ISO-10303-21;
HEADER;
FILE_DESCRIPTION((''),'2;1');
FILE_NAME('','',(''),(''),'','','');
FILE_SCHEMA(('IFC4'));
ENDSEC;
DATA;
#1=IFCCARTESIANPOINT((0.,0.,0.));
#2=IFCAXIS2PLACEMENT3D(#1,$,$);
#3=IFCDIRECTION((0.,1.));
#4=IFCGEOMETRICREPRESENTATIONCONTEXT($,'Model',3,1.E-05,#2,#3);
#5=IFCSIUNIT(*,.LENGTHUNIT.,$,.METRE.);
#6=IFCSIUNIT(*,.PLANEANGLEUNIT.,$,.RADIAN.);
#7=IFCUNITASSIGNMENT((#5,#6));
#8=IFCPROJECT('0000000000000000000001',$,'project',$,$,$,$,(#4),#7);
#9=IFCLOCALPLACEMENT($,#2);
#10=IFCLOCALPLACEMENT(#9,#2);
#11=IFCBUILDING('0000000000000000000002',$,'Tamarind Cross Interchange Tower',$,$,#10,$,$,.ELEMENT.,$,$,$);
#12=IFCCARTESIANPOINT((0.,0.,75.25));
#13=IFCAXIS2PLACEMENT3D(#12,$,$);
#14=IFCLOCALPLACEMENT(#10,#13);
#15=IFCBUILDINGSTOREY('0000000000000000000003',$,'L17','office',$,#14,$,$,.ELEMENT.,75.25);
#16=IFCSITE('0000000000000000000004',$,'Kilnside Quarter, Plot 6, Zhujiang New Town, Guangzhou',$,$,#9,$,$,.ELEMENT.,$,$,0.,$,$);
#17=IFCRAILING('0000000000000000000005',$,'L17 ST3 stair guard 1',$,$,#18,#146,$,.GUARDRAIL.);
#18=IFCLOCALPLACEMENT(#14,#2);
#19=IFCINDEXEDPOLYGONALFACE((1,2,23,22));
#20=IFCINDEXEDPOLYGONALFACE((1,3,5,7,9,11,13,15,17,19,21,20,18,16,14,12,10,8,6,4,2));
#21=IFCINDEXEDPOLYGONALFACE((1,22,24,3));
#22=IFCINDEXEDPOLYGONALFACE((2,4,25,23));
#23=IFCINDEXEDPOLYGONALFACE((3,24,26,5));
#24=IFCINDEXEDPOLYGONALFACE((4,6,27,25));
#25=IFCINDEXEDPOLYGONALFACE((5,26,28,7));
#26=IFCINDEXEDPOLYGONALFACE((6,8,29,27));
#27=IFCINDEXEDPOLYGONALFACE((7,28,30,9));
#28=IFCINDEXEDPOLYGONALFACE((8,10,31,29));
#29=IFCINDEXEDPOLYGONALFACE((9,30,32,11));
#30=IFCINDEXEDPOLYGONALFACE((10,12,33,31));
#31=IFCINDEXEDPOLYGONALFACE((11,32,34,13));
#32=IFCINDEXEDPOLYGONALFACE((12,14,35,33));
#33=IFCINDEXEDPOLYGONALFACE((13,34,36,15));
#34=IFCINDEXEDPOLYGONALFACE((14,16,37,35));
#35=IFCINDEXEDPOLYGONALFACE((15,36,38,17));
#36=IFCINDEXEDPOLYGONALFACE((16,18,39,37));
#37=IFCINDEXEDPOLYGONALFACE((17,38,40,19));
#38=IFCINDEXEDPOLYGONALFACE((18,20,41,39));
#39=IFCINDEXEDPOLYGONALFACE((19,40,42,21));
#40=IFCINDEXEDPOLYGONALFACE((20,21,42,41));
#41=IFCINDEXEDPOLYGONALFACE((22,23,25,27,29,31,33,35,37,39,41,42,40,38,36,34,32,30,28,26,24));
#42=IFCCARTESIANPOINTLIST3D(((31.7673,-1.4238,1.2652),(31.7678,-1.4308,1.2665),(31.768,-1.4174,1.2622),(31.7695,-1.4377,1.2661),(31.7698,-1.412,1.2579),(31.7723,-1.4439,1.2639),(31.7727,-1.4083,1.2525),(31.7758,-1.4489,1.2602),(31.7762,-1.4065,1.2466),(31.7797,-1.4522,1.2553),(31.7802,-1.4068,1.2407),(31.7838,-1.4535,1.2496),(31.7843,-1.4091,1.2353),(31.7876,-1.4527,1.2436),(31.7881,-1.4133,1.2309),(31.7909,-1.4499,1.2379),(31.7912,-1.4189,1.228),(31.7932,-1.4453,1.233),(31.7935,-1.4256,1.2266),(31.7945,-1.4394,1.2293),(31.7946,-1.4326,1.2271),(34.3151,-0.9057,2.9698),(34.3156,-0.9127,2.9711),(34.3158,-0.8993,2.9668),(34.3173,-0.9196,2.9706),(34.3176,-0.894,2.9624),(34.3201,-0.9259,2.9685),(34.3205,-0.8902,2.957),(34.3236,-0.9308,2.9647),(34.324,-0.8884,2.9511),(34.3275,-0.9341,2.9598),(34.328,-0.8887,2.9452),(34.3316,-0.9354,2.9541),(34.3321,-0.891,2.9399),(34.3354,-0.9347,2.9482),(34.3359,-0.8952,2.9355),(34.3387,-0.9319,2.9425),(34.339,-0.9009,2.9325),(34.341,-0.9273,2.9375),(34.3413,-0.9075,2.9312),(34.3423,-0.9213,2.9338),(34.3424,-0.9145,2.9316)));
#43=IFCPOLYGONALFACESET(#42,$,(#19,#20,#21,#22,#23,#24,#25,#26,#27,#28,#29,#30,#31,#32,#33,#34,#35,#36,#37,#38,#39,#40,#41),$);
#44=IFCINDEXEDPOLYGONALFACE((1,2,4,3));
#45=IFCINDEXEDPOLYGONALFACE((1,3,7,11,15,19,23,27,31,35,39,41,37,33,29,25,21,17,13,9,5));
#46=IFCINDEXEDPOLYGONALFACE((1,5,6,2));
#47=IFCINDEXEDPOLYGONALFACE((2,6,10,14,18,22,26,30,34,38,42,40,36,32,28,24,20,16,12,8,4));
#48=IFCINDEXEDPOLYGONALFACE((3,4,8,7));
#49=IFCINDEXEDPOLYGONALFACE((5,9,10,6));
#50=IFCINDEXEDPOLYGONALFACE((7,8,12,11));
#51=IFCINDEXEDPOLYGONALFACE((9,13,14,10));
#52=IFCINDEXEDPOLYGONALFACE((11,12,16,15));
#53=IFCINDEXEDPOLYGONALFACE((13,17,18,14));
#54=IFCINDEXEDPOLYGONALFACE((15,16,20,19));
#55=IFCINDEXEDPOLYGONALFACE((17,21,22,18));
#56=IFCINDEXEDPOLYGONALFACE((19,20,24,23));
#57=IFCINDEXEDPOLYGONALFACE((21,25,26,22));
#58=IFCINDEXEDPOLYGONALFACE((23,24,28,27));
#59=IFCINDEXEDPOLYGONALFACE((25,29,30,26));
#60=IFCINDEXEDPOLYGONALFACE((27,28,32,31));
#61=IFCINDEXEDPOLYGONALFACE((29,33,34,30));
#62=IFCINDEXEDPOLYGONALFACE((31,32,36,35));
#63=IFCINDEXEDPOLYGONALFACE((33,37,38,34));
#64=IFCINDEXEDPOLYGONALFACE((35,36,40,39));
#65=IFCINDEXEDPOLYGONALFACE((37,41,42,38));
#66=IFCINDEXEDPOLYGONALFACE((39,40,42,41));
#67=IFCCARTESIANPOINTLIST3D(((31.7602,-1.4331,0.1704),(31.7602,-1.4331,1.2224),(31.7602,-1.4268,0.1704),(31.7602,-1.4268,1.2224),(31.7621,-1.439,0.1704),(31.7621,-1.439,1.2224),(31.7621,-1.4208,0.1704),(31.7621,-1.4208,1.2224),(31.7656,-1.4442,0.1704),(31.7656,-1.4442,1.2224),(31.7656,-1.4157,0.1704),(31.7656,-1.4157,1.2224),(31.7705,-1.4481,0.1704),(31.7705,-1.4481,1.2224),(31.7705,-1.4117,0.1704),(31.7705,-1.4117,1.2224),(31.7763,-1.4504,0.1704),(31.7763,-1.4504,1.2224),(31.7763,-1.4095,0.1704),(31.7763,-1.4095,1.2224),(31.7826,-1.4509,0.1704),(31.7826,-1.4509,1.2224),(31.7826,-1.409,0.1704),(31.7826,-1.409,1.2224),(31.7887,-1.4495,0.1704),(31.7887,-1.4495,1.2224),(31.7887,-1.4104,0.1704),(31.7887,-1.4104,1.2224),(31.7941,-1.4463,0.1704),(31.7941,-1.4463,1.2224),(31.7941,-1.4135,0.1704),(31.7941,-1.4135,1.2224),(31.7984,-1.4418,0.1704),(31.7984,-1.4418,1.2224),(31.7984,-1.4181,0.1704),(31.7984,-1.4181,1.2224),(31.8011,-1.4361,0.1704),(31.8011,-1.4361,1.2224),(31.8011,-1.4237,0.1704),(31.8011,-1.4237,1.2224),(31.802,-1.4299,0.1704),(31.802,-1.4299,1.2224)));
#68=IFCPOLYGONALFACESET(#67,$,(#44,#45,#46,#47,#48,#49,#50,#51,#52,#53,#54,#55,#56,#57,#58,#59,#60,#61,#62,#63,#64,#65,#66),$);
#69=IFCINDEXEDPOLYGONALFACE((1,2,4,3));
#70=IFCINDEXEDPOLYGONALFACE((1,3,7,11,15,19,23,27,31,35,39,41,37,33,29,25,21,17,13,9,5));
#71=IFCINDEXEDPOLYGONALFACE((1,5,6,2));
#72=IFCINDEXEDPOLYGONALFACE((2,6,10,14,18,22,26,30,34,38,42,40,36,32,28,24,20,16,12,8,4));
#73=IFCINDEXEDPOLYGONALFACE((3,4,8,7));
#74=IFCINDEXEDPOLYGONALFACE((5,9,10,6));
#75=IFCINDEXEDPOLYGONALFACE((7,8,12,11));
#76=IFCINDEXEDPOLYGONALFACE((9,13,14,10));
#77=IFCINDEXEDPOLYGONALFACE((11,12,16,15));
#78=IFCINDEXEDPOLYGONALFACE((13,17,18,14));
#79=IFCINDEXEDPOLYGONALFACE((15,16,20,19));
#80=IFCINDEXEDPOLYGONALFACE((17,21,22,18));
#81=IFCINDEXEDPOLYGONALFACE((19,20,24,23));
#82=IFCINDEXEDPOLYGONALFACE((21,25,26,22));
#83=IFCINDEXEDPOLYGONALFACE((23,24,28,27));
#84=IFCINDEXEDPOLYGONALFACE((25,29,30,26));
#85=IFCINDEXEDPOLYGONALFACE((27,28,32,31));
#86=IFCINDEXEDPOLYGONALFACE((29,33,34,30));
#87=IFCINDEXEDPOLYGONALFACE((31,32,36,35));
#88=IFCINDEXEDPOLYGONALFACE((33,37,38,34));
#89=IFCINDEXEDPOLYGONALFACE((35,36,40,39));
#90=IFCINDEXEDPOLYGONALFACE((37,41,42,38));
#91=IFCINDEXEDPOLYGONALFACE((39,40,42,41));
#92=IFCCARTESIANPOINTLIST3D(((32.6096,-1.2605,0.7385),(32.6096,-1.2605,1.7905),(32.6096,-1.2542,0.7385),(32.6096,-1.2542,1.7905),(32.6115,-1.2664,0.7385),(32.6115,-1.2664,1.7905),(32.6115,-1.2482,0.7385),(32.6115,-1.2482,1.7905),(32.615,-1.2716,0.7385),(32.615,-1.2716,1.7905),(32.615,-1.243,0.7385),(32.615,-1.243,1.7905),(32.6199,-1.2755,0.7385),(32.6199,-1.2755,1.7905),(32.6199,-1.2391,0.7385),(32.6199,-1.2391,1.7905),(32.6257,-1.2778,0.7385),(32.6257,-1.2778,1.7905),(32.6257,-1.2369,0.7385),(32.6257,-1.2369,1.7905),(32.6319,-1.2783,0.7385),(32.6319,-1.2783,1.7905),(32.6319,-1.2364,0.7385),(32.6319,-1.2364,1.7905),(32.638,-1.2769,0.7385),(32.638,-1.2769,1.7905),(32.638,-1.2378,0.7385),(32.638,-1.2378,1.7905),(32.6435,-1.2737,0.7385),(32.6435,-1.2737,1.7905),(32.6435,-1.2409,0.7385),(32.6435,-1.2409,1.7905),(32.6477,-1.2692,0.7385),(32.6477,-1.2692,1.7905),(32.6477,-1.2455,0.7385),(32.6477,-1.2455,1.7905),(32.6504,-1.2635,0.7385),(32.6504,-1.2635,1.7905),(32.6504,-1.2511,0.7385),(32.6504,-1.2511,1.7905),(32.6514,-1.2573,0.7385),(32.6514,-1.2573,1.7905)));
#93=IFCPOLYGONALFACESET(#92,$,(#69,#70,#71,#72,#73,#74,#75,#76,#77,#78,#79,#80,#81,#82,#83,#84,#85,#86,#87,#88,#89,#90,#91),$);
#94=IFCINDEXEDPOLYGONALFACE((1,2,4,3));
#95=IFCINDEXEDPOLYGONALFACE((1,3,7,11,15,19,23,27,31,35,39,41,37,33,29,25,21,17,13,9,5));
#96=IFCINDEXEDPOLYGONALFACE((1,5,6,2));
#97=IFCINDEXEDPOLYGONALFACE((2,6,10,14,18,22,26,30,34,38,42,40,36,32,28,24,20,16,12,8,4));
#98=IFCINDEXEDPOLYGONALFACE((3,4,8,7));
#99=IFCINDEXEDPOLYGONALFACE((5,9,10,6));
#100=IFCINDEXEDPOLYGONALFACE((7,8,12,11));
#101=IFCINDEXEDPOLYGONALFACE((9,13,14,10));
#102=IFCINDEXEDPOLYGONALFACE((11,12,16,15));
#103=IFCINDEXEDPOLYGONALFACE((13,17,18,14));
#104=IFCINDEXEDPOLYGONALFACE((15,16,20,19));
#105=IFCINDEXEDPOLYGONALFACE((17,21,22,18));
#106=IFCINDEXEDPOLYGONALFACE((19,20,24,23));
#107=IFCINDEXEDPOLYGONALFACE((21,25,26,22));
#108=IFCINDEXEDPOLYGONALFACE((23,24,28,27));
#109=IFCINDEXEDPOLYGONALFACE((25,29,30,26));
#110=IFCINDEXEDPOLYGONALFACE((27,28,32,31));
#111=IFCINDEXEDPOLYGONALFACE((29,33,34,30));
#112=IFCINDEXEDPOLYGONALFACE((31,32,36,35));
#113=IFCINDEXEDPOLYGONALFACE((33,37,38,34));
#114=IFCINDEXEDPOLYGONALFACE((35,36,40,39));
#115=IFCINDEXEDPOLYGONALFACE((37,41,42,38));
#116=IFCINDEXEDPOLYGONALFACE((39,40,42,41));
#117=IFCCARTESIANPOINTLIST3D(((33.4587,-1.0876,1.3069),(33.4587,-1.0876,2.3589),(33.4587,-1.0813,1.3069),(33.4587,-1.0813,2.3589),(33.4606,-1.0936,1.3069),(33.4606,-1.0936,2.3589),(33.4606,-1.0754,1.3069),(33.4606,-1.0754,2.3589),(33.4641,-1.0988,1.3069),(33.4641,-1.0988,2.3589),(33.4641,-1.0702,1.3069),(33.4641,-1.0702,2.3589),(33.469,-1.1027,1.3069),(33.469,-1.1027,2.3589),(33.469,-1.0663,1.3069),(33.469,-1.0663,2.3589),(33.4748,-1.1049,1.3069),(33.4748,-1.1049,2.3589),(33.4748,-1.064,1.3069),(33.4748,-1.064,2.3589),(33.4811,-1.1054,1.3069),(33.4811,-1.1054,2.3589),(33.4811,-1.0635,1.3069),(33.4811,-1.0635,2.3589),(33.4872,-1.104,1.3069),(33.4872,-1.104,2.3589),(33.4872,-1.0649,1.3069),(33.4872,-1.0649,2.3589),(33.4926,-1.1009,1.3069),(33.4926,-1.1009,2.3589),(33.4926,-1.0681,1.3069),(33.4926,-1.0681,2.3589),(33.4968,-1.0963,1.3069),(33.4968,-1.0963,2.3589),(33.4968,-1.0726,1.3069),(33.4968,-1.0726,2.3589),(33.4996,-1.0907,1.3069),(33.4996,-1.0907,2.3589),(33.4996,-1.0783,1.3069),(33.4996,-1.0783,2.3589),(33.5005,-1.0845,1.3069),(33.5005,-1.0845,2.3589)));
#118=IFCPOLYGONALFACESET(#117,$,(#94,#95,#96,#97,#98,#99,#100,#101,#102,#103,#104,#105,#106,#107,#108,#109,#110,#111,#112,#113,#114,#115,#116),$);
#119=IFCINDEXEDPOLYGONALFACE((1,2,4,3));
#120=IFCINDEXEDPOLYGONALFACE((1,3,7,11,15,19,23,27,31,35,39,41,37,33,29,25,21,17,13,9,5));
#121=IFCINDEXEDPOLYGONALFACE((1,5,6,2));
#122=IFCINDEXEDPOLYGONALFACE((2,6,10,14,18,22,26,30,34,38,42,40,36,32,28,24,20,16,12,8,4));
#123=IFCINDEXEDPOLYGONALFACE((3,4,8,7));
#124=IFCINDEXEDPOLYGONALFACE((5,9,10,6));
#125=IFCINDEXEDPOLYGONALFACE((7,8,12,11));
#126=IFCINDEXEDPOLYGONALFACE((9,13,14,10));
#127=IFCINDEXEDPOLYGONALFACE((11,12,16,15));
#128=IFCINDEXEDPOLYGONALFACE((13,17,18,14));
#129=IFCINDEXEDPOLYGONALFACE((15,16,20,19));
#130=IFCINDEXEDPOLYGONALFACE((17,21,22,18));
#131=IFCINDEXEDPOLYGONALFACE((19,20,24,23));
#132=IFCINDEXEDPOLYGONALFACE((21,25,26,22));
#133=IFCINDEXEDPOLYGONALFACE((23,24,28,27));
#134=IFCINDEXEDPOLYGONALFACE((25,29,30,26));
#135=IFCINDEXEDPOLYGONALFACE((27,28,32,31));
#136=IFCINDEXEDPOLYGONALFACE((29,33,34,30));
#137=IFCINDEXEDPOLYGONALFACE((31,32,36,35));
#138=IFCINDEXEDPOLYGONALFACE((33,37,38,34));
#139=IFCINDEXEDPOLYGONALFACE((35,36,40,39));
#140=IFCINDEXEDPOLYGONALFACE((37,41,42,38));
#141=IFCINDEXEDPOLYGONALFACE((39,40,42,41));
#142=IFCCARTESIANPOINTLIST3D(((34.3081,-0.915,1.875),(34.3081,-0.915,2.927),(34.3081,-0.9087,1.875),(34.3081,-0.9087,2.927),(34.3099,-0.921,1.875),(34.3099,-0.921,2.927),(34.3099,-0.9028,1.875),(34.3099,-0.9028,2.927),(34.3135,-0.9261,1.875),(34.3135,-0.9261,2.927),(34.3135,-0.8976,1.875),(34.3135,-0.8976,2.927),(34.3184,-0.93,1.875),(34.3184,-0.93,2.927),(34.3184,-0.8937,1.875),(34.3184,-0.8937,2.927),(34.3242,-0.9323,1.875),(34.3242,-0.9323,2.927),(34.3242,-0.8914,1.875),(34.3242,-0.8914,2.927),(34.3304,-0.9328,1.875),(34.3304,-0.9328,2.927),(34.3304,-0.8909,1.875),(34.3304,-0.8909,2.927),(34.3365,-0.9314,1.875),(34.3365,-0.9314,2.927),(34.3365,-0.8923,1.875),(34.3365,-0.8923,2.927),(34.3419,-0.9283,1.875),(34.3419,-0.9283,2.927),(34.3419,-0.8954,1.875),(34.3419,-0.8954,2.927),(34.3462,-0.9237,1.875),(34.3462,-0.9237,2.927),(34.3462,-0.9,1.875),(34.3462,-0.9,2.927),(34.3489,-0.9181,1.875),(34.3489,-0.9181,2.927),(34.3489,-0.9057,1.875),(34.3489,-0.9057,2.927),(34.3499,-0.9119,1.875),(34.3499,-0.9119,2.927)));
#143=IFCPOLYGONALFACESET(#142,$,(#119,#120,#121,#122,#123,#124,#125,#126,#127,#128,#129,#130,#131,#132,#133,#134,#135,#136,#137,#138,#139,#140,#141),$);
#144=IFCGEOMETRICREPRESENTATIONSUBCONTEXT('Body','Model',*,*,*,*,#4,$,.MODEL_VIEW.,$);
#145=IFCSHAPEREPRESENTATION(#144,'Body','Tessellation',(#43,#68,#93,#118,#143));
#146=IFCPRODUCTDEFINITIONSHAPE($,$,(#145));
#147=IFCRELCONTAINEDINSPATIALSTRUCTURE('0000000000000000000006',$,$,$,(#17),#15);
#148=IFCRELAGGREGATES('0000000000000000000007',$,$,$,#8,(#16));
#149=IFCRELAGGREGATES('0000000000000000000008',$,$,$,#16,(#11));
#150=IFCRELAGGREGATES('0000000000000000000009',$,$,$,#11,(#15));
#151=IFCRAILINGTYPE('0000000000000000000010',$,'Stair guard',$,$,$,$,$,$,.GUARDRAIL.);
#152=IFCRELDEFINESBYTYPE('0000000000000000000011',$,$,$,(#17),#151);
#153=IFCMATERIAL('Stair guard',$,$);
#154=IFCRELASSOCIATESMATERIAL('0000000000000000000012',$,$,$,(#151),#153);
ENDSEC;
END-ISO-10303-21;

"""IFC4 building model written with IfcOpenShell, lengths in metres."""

from ifc_helpers import new_model, si_unit, direction, frame, origin, origin_2d, place, context, subcontext, project, spatial, circle, extrude, material, type_object, element, save


model = new_model("IFC4")

# Units and contexts
model_context = context("Model", 3, precision=1e-05, world=origin(), true_north=direction((0.0, 1.0)))
body_context = subcontext(model_context, "Body", "Model", "MODEL_VIEW")
ifc_project = project(units=[si_unit("LENGTHUNIT", "METRE"), si_unit("PLANEANGLEUNIT", "RADIAN")], contexts=[model_context])

# Site, building, storey
site_placement = place(None, origin())
site = spatial("IfcSite", under=ifc_project, at=site_placement, Name="Kilnside Quarter, Plot 6, Zhujiang New Town, Guangzhou", CompositionType="ELEMENT", RefElevation=0.0)
building_placement = place(site_placement, origin())
building = spatial("IfcBuilding", under=site, at=building_placement, Name="Tamarind Cross Interchange Tower", CompositionType="ELEMENT")
storey_placement = place(building_placement, frame((0.0, 0.0, 75.25)))
storey = spatial("IfcBuildingStorey", under=building, at=storey_placement, Name="L17", Description="office", CompositionType="ELEMENT", Elevation=75.25)

# Railing
ifc_material_1 = material(Name="Stair guard")
railing_type_1 = type_object("IfcRailingType", Name="Stair guard", PredefinedType="GUARDRAIL", material=ifc_material_1)
railing_1_placement = place(storey_placement, frame((31.781, -1.4299, 0.1704)))
element("IfcRailing", 1, at=railing_1_placement, inside=storey, type_object=railing_type_1, Name="L17 ST3 stair guard 1", PredefinedType="GUARDRAIL", context=body_context, shape_type="SweptSolid", body=[
    extrude(circle(Radius=0.0239, at=origin_2d()), frame((0.0, 0.0, 1.0762), z_axis=(0.819522, 0.166637, 0.548285), x_axis=(-0.199257, 0.979947, 0.0)), (0.0, 0.0, 1.0), 3.1089),
    extrude(circle(Radius=0.021, at=origin_2d()), origin(), (0.0, 0.0, 1.0), 1.052),
    extrude(circle(Radius=0.021, at=origin_2d()), frame((0.8494, 0.1726, 0.5681)), (0.0, 0.0, 1.0), 1.052),
    extrude(circle(Radius=0.021, at=origin_2d()), frame((1.6985, 0.3455, 1.1365)), (0.0, 0.0, 1.0), 1.052),
    extrude(circle(Radius=0.021, at=origin_2d()), frame((2.5479, 0.5181, 1.7046)), (0.0, 0.0, 1.0), 1.052),
])

save(model, "model.ifc")
